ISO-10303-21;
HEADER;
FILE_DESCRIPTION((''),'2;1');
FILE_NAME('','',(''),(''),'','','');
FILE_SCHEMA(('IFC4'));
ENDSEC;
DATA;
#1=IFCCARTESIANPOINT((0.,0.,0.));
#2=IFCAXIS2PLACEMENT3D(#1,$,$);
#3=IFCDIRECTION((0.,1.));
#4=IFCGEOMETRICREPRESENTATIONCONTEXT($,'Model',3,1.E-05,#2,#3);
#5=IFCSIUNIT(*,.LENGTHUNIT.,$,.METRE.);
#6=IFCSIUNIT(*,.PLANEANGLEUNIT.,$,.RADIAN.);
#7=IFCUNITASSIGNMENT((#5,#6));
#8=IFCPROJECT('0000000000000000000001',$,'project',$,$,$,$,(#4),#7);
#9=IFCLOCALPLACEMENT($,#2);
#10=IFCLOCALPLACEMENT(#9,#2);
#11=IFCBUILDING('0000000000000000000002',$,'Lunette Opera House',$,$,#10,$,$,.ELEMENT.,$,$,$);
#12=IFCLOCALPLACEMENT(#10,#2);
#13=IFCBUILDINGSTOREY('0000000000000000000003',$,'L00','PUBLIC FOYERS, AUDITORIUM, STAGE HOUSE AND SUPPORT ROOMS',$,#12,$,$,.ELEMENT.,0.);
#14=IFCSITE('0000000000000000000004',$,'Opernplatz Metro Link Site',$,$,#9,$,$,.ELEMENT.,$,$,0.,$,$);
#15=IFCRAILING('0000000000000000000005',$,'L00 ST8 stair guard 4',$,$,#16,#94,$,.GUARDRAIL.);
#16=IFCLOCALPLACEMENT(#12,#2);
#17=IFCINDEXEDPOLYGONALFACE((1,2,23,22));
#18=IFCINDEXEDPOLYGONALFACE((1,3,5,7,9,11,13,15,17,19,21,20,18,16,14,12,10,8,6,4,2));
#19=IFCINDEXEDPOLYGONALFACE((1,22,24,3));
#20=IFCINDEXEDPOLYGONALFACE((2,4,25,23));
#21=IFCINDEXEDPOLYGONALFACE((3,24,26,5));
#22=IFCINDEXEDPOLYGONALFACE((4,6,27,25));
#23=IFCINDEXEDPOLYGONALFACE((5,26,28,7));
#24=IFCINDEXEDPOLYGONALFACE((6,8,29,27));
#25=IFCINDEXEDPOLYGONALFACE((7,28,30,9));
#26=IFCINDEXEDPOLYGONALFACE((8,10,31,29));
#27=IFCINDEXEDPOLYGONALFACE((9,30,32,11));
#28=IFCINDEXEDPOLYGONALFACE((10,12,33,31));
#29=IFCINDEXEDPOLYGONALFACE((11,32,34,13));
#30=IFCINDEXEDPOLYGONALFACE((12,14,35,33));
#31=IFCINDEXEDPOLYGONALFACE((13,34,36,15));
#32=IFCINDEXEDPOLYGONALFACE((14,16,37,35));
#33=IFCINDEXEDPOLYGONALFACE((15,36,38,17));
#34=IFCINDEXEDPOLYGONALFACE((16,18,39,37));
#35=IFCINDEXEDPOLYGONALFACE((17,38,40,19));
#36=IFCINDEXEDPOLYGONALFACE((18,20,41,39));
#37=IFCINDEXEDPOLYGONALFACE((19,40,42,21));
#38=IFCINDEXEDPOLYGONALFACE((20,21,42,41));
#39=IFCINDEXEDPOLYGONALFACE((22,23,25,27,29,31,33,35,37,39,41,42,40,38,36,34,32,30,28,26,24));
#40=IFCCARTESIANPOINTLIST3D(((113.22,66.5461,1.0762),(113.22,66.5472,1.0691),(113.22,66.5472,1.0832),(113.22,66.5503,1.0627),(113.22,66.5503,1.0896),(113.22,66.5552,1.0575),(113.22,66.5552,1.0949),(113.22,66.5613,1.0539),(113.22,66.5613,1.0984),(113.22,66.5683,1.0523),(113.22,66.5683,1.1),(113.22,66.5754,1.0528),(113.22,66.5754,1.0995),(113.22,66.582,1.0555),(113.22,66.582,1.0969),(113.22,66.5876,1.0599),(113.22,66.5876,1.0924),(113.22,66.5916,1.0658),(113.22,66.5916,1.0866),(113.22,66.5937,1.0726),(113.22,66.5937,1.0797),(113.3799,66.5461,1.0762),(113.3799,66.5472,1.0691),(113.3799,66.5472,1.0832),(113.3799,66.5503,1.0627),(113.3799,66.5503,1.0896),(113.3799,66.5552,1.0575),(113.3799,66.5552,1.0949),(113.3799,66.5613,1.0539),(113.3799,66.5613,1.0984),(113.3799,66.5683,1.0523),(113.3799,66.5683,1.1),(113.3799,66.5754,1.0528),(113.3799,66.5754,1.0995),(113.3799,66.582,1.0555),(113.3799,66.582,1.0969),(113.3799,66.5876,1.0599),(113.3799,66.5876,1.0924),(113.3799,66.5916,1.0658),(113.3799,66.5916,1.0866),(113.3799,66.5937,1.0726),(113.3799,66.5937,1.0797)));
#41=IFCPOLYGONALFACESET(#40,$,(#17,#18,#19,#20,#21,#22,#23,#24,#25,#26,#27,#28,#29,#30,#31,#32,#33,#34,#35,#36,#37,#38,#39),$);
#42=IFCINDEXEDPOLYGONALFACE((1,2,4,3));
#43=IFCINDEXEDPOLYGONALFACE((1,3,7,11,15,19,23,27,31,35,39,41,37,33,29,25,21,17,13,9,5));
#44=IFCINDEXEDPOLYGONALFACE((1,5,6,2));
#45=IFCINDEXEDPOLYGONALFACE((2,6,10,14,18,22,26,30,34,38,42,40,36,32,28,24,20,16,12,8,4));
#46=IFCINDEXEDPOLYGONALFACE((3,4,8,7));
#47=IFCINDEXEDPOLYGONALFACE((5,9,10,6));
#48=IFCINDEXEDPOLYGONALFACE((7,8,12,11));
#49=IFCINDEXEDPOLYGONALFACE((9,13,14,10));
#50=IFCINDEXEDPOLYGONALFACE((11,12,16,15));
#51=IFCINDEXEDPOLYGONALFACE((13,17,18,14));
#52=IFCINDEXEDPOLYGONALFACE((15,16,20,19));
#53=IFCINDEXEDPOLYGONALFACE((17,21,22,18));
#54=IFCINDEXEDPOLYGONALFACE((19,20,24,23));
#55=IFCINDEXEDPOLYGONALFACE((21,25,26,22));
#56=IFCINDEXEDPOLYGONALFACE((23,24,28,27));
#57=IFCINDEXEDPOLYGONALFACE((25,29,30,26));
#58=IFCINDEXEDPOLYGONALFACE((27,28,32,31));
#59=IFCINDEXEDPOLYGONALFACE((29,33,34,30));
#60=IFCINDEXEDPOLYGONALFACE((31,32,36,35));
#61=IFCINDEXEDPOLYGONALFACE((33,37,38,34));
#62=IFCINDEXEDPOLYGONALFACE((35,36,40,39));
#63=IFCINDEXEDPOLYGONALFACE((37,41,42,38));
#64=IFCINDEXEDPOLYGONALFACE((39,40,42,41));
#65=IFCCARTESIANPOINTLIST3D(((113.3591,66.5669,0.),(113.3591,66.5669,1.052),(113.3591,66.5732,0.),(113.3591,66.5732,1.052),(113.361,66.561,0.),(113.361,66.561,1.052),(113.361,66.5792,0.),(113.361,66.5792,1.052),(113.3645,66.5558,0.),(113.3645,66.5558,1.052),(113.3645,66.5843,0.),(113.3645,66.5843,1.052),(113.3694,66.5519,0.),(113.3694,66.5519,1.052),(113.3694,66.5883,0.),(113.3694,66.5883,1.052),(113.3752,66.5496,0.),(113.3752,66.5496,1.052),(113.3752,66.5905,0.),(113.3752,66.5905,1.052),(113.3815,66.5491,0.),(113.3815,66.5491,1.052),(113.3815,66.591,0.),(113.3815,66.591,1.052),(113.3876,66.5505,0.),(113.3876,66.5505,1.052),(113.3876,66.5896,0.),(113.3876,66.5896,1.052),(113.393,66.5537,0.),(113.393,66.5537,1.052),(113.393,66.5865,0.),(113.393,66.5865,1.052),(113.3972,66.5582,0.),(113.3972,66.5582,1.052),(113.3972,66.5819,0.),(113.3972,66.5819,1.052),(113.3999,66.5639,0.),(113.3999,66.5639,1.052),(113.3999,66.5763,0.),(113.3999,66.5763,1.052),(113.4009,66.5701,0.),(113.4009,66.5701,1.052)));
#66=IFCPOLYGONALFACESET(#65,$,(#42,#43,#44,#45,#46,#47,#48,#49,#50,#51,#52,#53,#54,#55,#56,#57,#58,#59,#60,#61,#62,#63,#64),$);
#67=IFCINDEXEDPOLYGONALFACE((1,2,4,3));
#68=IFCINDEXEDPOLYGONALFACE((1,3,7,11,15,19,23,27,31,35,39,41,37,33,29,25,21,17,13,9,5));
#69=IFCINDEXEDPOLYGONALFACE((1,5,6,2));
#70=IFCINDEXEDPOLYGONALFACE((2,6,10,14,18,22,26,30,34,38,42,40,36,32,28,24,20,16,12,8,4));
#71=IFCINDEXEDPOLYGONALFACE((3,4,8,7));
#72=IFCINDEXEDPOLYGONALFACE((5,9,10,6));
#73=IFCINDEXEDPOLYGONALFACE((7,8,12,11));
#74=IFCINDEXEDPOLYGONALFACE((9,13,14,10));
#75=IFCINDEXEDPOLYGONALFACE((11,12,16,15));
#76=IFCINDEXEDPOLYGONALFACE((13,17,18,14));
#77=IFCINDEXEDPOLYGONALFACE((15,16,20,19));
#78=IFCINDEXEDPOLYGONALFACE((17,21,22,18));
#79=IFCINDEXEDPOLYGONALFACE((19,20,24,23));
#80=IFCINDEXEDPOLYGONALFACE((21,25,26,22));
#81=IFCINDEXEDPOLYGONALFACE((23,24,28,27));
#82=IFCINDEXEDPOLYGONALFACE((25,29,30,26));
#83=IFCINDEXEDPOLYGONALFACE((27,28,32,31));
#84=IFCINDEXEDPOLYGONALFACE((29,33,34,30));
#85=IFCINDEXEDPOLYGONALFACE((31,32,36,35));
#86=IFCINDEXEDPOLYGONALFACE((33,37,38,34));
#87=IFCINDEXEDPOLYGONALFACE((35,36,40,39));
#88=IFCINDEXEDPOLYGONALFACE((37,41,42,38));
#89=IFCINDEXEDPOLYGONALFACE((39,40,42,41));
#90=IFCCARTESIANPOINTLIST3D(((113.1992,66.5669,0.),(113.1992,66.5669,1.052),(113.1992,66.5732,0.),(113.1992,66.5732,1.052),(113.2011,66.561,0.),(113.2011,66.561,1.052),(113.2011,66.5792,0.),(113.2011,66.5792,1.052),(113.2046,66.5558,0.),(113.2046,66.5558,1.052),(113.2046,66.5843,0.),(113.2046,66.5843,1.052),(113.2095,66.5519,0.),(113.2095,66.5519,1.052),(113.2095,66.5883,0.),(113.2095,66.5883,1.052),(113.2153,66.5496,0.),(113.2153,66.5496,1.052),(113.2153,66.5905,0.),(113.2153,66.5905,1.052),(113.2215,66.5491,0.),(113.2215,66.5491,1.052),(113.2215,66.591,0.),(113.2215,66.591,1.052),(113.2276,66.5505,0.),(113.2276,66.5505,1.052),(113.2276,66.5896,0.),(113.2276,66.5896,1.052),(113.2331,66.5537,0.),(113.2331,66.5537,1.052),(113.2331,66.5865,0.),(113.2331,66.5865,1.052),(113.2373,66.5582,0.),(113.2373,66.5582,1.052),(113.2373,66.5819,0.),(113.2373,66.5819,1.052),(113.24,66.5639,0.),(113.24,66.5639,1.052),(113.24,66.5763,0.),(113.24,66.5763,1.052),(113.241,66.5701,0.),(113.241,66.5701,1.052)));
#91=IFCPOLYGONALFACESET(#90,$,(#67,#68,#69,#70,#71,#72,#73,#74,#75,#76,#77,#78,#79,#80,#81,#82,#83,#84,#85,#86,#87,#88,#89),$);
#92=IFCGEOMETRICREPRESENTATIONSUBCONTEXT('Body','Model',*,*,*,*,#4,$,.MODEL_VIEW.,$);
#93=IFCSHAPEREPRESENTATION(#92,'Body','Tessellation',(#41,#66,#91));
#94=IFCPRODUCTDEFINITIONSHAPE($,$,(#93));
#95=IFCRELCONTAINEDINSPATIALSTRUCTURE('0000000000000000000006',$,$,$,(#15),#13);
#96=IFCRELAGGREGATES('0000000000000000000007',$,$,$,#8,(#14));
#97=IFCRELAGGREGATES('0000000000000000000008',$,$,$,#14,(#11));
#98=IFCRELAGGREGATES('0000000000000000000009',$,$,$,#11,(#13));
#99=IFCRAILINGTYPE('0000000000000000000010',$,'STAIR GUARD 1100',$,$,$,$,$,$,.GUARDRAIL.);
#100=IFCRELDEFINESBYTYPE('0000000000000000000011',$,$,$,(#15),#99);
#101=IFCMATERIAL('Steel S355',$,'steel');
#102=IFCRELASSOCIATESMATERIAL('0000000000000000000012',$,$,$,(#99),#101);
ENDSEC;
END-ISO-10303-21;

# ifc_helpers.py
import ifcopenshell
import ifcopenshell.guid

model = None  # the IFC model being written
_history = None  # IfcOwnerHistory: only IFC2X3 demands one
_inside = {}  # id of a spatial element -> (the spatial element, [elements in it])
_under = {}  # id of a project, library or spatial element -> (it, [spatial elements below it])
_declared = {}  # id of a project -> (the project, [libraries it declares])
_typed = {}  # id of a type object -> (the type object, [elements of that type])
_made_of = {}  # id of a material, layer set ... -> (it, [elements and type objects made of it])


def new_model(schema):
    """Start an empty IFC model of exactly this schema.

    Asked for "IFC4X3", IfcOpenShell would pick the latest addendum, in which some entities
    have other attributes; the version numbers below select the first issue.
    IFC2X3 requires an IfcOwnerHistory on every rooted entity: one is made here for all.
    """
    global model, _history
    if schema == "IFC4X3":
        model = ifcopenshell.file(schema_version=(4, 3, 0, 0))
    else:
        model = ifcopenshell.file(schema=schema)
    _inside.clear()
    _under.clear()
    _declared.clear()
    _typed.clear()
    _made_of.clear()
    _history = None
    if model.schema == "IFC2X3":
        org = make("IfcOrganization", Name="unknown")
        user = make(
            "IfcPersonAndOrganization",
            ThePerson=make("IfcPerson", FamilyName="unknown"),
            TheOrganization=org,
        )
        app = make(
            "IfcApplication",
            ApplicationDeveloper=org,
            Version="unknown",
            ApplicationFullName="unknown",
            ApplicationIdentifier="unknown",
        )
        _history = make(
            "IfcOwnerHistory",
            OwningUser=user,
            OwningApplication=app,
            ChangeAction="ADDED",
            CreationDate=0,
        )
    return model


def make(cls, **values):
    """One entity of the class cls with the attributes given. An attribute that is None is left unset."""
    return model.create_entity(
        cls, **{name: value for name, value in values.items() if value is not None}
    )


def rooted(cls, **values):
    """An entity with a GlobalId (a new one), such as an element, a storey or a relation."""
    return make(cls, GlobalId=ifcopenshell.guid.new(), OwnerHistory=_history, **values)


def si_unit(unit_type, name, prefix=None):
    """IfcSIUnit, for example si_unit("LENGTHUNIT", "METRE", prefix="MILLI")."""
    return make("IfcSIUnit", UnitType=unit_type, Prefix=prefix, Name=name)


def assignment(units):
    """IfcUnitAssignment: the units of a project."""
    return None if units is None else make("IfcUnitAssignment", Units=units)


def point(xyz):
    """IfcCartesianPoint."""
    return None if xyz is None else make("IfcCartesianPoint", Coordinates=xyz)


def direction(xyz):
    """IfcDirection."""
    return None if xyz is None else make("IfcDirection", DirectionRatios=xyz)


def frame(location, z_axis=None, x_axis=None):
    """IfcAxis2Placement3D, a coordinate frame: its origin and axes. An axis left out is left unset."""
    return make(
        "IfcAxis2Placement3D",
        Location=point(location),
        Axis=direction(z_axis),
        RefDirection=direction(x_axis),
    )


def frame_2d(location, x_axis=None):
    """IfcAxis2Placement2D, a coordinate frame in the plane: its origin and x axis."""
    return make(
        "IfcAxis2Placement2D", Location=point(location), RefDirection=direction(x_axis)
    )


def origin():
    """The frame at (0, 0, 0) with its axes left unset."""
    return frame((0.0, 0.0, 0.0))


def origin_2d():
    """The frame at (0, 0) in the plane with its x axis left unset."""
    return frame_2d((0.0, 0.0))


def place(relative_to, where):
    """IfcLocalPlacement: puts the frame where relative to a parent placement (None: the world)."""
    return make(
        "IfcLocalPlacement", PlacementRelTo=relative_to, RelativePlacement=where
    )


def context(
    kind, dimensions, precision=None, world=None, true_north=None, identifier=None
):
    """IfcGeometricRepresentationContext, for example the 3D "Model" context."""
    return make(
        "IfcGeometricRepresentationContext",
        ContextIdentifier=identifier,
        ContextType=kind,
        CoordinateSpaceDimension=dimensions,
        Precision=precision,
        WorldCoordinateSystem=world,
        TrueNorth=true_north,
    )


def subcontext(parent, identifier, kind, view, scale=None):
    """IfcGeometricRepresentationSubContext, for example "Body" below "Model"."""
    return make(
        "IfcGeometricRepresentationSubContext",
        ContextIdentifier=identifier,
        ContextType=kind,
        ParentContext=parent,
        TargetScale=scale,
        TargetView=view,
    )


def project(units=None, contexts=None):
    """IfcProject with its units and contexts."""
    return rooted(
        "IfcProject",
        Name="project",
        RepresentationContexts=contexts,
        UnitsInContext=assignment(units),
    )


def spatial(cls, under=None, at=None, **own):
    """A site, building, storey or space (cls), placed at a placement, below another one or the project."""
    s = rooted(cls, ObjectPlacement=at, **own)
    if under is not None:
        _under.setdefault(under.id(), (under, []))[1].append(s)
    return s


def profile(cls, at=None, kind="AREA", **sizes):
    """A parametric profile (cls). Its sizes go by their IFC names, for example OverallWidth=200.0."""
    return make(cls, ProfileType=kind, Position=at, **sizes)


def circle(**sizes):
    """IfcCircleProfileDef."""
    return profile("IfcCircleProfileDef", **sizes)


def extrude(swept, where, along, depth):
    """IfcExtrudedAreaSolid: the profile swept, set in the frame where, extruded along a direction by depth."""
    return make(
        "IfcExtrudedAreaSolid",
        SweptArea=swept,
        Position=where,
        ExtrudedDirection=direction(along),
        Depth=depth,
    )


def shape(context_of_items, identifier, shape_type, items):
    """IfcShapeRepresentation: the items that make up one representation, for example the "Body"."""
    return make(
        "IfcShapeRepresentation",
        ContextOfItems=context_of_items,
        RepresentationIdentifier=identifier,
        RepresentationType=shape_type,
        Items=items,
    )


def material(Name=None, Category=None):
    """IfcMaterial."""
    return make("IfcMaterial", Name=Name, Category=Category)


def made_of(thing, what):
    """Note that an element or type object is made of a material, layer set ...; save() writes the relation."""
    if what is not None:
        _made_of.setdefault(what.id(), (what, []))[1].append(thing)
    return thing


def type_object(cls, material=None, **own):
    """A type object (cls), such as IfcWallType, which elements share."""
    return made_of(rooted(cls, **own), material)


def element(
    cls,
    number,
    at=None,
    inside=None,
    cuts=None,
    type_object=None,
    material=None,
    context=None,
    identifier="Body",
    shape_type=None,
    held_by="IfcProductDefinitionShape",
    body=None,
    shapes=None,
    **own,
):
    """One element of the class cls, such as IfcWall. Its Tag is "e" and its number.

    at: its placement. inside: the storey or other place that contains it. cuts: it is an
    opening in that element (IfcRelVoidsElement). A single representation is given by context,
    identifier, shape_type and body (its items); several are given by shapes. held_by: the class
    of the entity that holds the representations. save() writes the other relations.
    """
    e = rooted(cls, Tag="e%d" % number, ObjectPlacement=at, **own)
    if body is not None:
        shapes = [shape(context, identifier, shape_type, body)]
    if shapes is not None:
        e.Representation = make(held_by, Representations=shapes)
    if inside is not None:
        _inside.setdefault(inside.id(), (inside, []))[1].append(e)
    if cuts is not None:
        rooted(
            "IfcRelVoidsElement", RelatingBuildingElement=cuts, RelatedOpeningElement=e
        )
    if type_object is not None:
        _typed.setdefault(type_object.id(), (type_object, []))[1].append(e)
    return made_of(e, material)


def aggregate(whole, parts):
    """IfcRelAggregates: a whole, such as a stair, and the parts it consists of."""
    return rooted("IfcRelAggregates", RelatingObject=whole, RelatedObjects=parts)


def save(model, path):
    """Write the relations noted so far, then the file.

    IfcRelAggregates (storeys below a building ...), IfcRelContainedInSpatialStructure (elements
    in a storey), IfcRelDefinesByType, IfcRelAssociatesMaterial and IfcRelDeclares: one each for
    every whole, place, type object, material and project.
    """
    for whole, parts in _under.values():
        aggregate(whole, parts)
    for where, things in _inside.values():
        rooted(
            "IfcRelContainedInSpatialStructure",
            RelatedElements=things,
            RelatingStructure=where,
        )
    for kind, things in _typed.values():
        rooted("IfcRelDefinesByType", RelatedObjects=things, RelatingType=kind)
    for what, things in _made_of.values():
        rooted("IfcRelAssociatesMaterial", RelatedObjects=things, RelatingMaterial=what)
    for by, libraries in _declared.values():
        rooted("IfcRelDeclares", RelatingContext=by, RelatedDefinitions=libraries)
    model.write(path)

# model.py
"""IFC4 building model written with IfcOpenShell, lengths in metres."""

from ifc_helpers import new_model, si_unit, direction, frame, origin, origin_2d, place, context, subcontext, project, spatial, circle, extrude, material, type_object, element, save


model = new_model("IFC4")

# Units and contexts
model_context = context("Model", 3, precision=1e-05, world=origin(), true_north=direction((0.0, 1.0)))
body_context = subcontext(model_context, "Body", "Model", "MODEL_VIEW")
ifc_project = project(units=[si_unit("LENGTHUNIT", "METRE"), si_unit("PLANEANGLEUNIT", "RADIAN")], contexts=[model_context])

# Site, building, storey
site_placement = place(None, origin())
site = spatial("IfcSite", under=ifc_project, at=site_placement, Name="Opernplatz Metro Link Site", CompositionType="ELEMENT", RefElevation=0.0)
building_placement = place(site_placement, origin())
building = spatial("IfcBuilding", under=site, at=building_placement, Name="Lunette Opera House", CompositionType="ELEMENT")
storey_placement = place(building_placement, origin())
storey = spatial("IfcBuildingStorey", under=building, at=storey_placement, Name="L00", Description="PUBLIC FOYERS, AUDITORIUM, STAGE HOUSE AND SUPPORT ROOMS", CompositionType="ELEMENT", Elevation=0.0)

# Railing
ifc_material_1 = material(Name="Steel S355", Category="steel")
railing_type_1 = type_object("IfcRailingType", Name="STAIR GUARD 1100", PredefinedType="GUARDRAIL", material=ifc_material_1)
railing_1_placement = place(storey_placement, frame((113.3799, 66.5701, 0.0)))
element("IfcRailing", 1, at=railing_1_placement, inside=storey, type_object=railing_type_1, Name="L00 ST8 stair guard 4", PredefinedType="GUARDRAIL", context=body_context, shape_type="SweptSolid", body=[
    extrude(circle(Radius=0.0239, at=origin_2d()), frame((0.0, 0.0, 1.0762), z_axis=(-1.0, 0.0, 0.0), x_axis=(0.0, -1.0, 0.0)), (0.0, 0.0, 1.0), 0.1599),
    extrude(circle(Radius=0.021, at=origin_2d()), origin(), (0.0, 0.0, 1.0), 1.052),
    extrude(circle(Radius=0.021, at=origin_2d()), frame((-0.1599, 0.0, 0.0)), (0.0, 0.0, 1.0), 1.052),
])

save(model, "model.ifc")
